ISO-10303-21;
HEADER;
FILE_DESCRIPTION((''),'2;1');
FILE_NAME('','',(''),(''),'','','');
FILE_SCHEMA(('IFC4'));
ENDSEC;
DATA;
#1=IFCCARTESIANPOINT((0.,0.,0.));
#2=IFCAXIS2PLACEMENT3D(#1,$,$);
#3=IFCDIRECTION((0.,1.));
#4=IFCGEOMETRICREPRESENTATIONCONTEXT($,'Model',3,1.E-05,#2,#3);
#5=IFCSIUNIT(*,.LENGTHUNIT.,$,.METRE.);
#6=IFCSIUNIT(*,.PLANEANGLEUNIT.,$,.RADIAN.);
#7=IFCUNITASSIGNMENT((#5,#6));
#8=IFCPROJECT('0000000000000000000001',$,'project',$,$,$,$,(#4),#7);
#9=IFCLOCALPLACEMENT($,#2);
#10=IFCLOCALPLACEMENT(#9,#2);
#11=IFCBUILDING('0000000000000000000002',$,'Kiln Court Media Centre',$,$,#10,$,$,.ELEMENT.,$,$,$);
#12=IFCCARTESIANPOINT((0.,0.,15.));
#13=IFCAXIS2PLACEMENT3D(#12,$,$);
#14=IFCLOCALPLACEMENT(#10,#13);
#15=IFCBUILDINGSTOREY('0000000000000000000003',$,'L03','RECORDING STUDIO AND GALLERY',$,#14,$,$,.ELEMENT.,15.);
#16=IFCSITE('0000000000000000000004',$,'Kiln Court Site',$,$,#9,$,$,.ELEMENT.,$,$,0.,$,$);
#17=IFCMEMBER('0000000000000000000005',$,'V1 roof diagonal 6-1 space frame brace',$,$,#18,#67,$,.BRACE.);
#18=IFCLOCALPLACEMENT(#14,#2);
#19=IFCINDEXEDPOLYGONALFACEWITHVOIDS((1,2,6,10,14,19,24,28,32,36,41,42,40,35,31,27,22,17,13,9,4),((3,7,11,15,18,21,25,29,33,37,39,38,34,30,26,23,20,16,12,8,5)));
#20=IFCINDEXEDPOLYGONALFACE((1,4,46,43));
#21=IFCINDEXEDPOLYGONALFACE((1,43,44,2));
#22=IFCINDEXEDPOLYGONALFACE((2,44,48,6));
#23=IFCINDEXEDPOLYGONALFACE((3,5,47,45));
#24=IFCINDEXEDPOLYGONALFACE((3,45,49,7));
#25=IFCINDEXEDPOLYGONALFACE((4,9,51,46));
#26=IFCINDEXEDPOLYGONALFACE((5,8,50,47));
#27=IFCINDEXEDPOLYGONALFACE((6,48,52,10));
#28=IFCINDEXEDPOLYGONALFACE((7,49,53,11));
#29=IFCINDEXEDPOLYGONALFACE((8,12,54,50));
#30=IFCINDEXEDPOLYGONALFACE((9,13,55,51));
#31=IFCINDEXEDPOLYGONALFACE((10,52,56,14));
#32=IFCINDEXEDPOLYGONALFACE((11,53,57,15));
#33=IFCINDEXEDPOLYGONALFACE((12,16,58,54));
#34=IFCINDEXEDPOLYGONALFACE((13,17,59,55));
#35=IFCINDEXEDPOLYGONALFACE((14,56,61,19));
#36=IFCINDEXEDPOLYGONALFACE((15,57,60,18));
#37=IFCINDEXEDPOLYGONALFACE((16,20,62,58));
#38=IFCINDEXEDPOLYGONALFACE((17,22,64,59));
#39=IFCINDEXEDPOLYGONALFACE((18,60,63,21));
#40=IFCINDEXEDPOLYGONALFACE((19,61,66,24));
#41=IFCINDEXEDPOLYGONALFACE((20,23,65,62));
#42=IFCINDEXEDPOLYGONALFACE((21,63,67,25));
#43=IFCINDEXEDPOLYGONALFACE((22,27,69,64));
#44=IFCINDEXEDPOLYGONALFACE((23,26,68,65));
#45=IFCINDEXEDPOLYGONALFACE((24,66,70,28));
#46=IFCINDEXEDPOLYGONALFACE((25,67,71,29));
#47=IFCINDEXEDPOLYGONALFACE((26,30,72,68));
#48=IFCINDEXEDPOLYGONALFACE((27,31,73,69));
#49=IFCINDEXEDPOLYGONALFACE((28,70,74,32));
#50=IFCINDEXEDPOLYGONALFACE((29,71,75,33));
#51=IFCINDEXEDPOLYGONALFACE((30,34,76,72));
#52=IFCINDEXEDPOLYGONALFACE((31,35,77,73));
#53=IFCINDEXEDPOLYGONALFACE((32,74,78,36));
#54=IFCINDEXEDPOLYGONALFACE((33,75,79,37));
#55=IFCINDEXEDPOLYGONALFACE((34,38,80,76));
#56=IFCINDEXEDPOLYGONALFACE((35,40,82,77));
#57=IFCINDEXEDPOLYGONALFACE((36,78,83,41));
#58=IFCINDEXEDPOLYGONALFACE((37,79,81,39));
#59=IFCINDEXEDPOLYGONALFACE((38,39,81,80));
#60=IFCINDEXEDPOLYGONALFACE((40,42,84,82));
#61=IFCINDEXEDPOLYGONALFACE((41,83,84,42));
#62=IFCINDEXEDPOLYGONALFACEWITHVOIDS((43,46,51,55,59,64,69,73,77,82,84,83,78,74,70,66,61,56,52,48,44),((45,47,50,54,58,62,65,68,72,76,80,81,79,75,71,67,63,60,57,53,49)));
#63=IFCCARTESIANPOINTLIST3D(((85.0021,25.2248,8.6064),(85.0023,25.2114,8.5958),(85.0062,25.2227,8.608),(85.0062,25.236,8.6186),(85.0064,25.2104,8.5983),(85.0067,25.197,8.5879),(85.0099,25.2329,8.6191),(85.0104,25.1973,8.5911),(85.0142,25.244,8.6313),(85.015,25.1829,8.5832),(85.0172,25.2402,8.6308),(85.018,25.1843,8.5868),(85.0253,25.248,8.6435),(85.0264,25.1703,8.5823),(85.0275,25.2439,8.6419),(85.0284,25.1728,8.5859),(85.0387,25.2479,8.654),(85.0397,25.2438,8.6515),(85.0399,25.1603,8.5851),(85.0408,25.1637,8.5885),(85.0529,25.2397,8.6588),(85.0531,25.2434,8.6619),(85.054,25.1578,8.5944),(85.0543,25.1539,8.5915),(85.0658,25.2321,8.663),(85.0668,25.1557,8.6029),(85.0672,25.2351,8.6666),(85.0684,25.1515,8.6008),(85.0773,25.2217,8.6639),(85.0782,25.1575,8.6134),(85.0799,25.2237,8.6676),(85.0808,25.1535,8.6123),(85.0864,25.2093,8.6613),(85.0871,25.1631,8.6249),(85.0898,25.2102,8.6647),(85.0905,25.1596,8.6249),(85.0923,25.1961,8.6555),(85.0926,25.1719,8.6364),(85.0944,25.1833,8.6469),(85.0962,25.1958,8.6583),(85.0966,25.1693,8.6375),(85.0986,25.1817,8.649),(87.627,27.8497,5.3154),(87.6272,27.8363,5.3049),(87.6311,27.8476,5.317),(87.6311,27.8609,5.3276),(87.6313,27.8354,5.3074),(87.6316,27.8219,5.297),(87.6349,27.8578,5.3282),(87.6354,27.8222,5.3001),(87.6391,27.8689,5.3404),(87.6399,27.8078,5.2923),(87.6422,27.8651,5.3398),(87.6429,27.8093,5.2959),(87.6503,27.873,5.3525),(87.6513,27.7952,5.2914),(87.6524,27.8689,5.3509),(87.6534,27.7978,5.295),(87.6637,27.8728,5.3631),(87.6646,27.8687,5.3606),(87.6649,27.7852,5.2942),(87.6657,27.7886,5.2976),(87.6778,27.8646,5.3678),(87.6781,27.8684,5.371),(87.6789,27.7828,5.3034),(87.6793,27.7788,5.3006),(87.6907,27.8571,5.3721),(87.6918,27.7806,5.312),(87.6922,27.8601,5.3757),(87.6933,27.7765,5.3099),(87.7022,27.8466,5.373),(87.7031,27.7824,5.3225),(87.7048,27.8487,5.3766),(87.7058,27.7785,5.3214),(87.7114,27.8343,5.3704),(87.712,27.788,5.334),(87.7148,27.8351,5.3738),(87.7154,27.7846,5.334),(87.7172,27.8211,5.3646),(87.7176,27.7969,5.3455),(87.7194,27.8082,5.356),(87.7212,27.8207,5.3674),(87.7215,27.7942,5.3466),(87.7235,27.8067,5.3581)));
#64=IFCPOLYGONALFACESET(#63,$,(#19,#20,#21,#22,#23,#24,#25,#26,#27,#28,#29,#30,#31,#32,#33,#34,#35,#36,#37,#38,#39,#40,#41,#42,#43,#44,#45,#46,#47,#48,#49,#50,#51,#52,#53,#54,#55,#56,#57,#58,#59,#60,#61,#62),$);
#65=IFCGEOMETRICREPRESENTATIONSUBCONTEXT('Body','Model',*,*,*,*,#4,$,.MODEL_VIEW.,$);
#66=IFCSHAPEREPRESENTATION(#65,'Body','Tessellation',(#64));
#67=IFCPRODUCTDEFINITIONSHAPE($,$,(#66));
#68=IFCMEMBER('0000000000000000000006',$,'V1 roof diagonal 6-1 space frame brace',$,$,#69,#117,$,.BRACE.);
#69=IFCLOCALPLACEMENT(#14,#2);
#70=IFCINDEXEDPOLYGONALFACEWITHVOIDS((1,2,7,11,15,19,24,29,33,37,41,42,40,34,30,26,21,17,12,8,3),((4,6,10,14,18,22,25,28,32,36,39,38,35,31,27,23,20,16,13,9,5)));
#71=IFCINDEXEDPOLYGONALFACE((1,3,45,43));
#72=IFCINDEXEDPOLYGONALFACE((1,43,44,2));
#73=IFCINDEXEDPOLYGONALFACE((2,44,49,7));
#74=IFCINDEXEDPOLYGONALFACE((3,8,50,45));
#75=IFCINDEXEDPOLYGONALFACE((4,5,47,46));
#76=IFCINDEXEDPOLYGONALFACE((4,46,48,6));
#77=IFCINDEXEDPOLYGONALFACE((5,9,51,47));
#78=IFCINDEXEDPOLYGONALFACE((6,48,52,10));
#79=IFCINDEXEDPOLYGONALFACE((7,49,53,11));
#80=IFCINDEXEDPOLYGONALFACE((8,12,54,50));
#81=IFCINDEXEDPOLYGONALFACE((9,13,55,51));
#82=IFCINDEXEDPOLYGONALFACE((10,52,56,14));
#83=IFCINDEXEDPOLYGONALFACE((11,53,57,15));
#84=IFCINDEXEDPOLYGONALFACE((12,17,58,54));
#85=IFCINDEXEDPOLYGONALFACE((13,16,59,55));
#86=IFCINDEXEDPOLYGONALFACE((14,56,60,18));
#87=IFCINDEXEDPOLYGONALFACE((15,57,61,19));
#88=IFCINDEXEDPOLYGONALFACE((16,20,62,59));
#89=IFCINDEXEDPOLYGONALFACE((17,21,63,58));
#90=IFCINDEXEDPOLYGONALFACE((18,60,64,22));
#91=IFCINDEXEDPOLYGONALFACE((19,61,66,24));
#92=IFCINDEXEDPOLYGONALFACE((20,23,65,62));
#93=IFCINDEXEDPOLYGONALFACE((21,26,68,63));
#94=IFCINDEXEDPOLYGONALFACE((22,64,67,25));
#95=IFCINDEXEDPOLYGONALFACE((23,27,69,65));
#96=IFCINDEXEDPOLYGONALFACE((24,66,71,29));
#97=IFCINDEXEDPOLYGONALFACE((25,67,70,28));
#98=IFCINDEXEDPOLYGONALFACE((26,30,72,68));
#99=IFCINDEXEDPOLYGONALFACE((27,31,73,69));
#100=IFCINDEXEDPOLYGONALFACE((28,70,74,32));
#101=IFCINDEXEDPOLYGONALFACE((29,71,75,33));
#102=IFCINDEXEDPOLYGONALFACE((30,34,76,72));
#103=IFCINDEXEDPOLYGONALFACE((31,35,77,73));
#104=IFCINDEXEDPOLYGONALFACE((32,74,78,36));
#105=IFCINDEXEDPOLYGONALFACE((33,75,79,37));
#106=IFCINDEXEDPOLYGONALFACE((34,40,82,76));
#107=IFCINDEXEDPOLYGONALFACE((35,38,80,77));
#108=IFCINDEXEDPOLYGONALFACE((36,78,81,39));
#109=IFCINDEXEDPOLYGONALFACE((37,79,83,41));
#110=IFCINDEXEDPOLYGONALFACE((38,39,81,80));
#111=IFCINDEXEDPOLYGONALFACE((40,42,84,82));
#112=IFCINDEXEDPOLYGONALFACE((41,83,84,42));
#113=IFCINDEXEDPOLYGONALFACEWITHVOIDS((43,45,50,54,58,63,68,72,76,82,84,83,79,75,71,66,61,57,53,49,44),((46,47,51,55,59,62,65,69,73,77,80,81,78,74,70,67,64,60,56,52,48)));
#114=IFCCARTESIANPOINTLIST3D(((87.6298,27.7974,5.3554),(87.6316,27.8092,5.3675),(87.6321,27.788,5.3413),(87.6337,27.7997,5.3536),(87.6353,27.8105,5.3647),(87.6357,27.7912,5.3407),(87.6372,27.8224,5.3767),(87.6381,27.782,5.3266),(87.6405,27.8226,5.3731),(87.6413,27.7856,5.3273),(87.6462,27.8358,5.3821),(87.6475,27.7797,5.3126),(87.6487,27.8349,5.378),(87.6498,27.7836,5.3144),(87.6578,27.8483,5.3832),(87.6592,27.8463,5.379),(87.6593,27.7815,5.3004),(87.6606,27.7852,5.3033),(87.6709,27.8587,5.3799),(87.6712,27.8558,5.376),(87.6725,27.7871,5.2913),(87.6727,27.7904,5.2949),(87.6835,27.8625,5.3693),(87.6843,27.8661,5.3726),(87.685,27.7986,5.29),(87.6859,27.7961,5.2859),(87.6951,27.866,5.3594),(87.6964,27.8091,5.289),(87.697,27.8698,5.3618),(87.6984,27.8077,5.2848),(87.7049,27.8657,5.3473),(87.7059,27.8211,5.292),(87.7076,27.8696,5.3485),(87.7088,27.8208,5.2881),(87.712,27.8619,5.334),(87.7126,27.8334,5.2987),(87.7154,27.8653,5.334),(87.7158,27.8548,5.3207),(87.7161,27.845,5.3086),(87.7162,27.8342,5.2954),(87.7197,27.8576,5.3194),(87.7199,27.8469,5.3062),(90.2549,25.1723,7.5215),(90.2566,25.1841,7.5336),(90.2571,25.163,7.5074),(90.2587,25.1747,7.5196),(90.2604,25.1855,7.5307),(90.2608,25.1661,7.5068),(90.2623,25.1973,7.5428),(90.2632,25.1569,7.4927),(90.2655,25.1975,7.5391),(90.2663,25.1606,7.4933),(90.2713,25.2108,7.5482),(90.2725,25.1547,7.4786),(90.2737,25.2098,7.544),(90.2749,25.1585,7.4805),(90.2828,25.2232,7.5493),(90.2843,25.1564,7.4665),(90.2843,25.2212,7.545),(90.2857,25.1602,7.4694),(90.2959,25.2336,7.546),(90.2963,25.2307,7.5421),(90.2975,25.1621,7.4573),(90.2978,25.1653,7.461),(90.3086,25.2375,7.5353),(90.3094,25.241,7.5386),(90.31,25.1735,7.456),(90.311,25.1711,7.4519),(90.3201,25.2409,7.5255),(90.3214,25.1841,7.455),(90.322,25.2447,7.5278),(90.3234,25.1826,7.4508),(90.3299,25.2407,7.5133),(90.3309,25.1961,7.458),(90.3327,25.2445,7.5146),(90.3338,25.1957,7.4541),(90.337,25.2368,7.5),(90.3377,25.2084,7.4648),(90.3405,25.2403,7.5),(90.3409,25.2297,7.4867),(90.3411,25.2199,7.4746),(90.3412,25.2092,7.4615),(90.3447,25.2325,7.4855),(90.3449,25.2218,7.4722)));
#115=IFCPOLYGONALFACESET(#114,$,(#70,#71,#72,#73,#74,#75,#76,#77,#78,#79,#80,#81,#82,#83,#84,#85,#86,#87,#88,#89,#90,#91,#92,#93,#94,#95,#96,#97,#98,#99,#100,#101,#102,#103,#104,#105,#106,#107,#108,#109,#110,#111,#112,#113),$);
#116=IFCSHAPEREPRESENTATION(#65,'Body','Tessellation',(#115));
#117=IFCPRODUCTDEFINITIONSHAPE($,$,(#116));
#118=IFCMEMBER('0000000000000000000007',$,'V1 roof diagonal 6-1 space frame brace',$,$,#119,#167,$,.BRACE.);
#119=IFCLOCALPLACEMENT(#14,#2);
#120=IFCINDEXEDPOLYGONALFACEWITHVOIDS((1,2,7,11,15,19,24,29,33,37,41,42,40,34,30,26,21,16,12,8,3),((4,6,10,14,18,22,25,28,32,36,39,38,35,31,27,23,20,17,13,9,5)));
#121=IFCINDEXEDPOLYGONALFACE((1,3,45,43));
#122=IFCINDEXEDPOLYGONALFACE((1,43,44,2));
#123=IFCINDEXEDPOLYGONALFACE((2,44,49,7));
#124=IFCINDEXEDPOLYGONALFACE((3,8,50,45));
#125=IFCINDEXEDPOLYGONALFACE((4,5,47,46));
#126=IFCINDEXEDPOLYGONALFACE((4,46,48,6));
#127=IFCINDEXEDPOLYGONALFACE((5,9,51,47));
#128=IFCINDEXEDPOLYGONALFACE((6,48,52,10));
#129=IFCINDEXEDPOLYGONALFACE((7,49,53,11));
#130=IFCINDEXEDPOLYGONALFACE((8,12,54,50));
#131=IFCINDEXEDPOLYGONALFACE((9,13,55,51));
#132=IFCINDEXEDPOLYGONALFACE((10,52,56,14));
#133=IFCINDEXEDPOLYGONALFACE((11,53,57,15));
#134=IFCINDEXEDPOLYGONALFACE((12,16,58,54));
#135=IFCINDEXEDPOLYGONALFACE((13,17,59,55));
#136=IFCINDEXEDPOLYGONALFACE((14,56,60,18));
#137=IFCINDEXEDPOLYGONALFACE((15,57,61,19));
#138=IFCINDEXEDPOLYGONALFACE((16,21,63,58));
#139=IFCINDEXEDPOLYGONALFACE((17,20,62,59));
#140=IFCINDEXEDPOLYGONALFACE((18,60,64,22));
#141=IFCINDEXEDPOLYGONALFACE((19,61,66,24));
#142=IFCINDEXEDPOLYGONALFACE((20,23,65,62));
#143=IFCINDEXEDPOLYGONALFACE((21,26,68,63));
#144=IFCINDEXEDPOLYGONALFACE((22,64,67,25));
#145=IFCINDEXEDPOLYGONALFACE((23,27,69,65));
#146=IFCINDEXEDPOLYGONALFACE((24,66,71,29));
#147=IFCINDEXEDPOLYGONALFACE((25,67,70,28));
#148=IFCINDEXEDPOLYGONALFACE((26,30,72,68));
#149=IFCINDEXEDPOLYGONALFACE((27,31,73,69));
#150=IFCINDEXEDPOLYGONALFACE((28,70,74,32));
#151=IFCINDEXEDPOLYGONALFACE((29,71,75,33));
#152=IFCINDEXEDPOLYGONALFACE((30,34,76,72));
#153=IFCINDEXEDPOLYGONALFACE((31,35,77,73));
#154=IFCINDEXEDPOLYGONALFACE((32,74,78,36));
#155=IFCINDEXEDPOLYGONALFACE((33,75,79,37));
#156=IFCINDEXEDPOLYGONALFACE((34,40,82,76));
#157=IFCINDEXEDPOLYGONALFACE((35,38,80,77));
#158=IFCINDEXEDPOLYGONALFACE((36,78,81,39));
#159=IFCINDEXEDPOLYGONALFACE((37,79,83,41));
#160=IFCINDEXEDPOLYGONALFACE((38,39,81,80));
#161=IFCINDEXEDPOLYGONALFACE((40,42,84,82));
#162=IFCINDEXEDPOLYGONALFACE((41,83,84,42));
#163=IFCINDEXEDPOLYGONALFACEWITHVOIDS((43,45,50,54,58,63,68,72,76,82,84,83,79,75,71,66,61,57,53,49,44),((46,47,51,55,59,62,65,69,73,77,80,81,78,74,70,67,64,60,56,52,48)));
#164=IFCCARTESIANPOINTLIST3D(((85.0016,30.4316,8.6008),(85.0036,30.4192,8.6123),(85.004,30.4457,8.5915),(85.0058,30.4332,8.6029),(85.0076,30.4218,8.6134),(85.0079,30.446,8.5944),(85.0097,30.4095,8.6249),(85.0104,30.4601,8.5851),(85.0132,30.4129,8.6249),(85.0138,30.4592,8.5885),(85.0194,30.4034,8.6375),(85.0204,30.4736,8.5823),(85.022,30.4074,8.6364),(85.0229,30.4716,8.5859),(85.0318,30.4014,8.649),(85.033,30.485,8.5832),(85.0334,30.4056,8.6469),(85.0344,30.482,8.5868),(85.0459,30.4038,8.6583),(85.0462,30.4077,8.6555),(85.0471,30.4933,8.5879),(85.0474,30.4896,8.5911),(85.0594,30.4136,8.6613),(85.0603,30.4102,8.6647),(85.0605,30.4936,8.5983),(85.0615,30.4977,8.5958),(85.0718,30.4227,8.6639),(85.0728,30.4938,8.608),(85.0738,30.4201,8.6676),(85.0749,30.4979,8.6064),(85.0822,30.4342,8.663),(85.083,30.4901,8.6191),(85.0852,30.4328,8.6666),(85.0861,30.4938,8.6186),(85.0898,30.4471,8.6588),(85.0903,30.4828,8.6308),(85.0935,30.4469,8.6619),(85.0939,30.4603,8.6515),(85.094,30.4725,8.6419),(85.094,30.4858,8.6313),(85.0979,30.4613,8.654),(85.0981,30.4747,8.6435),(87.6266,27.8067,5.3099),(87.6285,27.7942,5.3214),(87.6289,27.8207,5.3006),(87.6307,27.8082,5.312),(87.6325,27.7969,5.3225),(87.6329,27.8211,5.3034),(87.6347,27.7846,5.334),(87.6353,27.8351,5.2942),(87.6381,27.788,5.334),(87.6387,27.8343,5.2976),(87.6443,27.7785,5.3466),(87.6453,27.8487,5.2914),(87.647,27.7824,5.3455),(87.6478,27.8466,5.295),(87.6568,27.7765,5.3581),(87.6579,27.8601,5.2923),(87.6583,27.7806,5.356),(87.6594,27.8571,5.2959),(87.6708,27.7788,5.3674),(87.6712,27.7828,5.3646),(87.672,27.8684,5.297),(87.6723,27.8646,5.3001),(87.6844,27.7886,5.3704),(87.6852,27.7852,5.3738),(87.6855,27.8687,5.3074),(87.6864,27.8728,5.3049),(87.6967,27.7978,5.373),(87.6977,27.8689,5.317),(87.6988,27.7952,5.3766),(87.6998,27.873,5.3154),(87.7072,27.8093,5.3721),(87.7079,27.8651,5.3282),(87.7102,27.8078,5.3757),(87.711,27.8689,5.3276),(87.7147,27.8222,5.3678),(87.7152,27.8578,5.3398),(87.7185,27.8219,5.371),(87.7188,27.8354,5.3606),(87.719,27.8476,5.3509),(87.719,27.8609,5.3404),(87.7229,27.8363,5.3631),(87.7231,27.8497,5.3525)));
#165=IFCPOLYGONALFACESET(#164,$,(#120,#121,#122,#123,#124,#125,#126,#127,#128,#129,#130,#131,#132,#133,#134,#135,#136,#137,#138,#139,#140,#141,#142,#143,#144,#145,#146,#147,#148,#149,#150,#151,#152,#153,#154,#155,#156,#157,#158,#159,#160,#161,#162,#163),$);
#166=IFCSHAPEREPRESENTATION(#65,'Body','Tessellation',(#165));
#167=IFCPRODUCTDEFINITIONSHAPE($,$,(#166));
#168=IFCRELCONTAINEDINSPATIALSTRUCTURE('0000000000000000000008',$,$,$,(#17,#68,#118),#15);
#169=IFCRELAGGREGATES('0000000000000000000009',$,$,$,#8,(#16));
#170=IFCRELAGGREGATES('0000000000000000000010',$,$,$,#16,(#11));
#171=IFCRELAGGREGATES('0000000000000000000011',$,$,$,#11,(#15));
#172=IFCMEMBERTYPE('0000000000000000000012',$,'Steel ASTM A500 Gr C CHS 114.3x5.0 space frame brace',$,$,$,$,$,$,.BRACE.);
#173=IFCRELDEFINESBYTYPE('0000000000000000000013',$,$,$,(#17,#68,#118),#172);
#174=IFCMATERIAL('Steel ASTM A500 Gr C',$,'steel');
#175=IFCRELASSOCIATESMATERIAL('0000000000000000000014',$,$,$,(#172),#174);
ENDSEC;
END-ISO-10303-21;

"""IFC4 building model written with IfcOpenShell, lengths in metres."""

from ifc_helpers import new_model, si_unit, direction, frame, origin, origin_2d, place, context, subcontext, project, spatial, hollow_circle, extrude, material, material_profile, profile_set, type_object, element, save


model = new_model("IFC4")

# Units and contexts
model_context = context("Model", 3, precision=1e-05, world=origin(), true_north=direction((0.0, 1.0)))
body_context = subcontext(model_context, "Body", "Model", "MODEL_VIEW")
ifc_project = project(units=[si_unit("LENGTHUNIT", "METRE"), si_unit("PLANEANGLEUNIT", "RADIAN")], contexts=[model_context])

# Site, building, storey
site_placement = place(None, origin())
site = spatial("IfcSite", under=ifc_project, at=site_placement, Name="Kiln Court Site", CompositionType="ELEMENT", RefElevation=0.0)
building_placement = place(site_placement, origin())
building = spatial("IfcBuilding", under=site, at=building_placement, Name="Kiln Court Media Centre", CompositionType="ELEMENT")
storey_placement = place(building_placement, frame((0.0, 0.0, 15.0)))
storey = spatial("IfcBuildingStorey", under=building, at=storey_placement, Name="L03", Description="RECORDING STUDIO AND GALLERY", CompositionType="ELEMENT", Elevation=15.0)

# Members
ifc_material_1 = material(Name="Steel ASTM A500 Gr C", Category="steel")
ifc_material_profile_1 = material_profile(ifc_material_1, hollow_circle(Radius=0.0571, WallThickness=0.0049, at=origin_2d()), Name="CHS 114.3x5.0")
ifc_profile_set_1 = profile_set([ifc_material_profile_1], Name="Steel ASTM A500 Gr C")
member_type_1 = type_object("IfcMemberType", Name="Steel ASTM A500 Gr C CHS 114.3x5.0 space frame brace", PredefinedType="BRACE", material=ifc_profile_set_1)
member_1_placement = place(storey_placement, frame((87.675, 27.825, 5.334), z_axis=(-0.529122, -0.529122, 0.663371), x_axis=(0.707107, -0.707107, 0.0)))
element("IfcMember", 1, at=member_1_placement, inside=storey, type_object=member_type_1, Name="V1 roof diagonal 6-1 space frame brace", PredefinedType="BRACE", context=body_context, shape_type="SweptSolid", body=[
    extrude(hollow_circle(Radius=0.0571, WallThickness=0.0049, at=origin_2d()), origin(), (0.0, 0.0, 1.0), 4.9609),
])
member_2_placement = place(storey_placement, frame((87.675, 27.825, 5.334), z_axis=(0.610748, -0.610748, 0.503958), x_axis=(0.707107, 0.707107, 0.0)))
element("IfcMember", 2, at=member_2_placement, inside=storey, type_object=member_type_1, Name="V1 roof diagonal 6-1 space frame brace", PredefinedType="BRACE", context=body_context, shape_type="SweptSolid", body=[
    extrude(hollow_circle(Radius=0.0571, WallThickness=0.0049, at=origin_2d()), origin(), (0.0, 0.0, 1.0), 4.2981),
])
member_3_placement = place(storey_placement, frame((87.675, 27.825, 5.334), z_axis=(-0.529122, 0.529122, 0.663371), x_axis=(-0.707107, -0.707107, 0.0)))
element("IfcMember", 3, at=member_3_placement, inside=storey, type_object=member_type_1, Name="V1 roof diagonal 6-1 space frame brace", PredefinedType="BRACE", context=body_context, shape_type="SweptSolid", body=[
    extrude(hollow_circle(Radius=0.0571, WallThickness=0.0049, at=origin_2d()), origin(), (0.0, 0.0, 1.0), 4.9609),
])

save(model, "model.ifc")
